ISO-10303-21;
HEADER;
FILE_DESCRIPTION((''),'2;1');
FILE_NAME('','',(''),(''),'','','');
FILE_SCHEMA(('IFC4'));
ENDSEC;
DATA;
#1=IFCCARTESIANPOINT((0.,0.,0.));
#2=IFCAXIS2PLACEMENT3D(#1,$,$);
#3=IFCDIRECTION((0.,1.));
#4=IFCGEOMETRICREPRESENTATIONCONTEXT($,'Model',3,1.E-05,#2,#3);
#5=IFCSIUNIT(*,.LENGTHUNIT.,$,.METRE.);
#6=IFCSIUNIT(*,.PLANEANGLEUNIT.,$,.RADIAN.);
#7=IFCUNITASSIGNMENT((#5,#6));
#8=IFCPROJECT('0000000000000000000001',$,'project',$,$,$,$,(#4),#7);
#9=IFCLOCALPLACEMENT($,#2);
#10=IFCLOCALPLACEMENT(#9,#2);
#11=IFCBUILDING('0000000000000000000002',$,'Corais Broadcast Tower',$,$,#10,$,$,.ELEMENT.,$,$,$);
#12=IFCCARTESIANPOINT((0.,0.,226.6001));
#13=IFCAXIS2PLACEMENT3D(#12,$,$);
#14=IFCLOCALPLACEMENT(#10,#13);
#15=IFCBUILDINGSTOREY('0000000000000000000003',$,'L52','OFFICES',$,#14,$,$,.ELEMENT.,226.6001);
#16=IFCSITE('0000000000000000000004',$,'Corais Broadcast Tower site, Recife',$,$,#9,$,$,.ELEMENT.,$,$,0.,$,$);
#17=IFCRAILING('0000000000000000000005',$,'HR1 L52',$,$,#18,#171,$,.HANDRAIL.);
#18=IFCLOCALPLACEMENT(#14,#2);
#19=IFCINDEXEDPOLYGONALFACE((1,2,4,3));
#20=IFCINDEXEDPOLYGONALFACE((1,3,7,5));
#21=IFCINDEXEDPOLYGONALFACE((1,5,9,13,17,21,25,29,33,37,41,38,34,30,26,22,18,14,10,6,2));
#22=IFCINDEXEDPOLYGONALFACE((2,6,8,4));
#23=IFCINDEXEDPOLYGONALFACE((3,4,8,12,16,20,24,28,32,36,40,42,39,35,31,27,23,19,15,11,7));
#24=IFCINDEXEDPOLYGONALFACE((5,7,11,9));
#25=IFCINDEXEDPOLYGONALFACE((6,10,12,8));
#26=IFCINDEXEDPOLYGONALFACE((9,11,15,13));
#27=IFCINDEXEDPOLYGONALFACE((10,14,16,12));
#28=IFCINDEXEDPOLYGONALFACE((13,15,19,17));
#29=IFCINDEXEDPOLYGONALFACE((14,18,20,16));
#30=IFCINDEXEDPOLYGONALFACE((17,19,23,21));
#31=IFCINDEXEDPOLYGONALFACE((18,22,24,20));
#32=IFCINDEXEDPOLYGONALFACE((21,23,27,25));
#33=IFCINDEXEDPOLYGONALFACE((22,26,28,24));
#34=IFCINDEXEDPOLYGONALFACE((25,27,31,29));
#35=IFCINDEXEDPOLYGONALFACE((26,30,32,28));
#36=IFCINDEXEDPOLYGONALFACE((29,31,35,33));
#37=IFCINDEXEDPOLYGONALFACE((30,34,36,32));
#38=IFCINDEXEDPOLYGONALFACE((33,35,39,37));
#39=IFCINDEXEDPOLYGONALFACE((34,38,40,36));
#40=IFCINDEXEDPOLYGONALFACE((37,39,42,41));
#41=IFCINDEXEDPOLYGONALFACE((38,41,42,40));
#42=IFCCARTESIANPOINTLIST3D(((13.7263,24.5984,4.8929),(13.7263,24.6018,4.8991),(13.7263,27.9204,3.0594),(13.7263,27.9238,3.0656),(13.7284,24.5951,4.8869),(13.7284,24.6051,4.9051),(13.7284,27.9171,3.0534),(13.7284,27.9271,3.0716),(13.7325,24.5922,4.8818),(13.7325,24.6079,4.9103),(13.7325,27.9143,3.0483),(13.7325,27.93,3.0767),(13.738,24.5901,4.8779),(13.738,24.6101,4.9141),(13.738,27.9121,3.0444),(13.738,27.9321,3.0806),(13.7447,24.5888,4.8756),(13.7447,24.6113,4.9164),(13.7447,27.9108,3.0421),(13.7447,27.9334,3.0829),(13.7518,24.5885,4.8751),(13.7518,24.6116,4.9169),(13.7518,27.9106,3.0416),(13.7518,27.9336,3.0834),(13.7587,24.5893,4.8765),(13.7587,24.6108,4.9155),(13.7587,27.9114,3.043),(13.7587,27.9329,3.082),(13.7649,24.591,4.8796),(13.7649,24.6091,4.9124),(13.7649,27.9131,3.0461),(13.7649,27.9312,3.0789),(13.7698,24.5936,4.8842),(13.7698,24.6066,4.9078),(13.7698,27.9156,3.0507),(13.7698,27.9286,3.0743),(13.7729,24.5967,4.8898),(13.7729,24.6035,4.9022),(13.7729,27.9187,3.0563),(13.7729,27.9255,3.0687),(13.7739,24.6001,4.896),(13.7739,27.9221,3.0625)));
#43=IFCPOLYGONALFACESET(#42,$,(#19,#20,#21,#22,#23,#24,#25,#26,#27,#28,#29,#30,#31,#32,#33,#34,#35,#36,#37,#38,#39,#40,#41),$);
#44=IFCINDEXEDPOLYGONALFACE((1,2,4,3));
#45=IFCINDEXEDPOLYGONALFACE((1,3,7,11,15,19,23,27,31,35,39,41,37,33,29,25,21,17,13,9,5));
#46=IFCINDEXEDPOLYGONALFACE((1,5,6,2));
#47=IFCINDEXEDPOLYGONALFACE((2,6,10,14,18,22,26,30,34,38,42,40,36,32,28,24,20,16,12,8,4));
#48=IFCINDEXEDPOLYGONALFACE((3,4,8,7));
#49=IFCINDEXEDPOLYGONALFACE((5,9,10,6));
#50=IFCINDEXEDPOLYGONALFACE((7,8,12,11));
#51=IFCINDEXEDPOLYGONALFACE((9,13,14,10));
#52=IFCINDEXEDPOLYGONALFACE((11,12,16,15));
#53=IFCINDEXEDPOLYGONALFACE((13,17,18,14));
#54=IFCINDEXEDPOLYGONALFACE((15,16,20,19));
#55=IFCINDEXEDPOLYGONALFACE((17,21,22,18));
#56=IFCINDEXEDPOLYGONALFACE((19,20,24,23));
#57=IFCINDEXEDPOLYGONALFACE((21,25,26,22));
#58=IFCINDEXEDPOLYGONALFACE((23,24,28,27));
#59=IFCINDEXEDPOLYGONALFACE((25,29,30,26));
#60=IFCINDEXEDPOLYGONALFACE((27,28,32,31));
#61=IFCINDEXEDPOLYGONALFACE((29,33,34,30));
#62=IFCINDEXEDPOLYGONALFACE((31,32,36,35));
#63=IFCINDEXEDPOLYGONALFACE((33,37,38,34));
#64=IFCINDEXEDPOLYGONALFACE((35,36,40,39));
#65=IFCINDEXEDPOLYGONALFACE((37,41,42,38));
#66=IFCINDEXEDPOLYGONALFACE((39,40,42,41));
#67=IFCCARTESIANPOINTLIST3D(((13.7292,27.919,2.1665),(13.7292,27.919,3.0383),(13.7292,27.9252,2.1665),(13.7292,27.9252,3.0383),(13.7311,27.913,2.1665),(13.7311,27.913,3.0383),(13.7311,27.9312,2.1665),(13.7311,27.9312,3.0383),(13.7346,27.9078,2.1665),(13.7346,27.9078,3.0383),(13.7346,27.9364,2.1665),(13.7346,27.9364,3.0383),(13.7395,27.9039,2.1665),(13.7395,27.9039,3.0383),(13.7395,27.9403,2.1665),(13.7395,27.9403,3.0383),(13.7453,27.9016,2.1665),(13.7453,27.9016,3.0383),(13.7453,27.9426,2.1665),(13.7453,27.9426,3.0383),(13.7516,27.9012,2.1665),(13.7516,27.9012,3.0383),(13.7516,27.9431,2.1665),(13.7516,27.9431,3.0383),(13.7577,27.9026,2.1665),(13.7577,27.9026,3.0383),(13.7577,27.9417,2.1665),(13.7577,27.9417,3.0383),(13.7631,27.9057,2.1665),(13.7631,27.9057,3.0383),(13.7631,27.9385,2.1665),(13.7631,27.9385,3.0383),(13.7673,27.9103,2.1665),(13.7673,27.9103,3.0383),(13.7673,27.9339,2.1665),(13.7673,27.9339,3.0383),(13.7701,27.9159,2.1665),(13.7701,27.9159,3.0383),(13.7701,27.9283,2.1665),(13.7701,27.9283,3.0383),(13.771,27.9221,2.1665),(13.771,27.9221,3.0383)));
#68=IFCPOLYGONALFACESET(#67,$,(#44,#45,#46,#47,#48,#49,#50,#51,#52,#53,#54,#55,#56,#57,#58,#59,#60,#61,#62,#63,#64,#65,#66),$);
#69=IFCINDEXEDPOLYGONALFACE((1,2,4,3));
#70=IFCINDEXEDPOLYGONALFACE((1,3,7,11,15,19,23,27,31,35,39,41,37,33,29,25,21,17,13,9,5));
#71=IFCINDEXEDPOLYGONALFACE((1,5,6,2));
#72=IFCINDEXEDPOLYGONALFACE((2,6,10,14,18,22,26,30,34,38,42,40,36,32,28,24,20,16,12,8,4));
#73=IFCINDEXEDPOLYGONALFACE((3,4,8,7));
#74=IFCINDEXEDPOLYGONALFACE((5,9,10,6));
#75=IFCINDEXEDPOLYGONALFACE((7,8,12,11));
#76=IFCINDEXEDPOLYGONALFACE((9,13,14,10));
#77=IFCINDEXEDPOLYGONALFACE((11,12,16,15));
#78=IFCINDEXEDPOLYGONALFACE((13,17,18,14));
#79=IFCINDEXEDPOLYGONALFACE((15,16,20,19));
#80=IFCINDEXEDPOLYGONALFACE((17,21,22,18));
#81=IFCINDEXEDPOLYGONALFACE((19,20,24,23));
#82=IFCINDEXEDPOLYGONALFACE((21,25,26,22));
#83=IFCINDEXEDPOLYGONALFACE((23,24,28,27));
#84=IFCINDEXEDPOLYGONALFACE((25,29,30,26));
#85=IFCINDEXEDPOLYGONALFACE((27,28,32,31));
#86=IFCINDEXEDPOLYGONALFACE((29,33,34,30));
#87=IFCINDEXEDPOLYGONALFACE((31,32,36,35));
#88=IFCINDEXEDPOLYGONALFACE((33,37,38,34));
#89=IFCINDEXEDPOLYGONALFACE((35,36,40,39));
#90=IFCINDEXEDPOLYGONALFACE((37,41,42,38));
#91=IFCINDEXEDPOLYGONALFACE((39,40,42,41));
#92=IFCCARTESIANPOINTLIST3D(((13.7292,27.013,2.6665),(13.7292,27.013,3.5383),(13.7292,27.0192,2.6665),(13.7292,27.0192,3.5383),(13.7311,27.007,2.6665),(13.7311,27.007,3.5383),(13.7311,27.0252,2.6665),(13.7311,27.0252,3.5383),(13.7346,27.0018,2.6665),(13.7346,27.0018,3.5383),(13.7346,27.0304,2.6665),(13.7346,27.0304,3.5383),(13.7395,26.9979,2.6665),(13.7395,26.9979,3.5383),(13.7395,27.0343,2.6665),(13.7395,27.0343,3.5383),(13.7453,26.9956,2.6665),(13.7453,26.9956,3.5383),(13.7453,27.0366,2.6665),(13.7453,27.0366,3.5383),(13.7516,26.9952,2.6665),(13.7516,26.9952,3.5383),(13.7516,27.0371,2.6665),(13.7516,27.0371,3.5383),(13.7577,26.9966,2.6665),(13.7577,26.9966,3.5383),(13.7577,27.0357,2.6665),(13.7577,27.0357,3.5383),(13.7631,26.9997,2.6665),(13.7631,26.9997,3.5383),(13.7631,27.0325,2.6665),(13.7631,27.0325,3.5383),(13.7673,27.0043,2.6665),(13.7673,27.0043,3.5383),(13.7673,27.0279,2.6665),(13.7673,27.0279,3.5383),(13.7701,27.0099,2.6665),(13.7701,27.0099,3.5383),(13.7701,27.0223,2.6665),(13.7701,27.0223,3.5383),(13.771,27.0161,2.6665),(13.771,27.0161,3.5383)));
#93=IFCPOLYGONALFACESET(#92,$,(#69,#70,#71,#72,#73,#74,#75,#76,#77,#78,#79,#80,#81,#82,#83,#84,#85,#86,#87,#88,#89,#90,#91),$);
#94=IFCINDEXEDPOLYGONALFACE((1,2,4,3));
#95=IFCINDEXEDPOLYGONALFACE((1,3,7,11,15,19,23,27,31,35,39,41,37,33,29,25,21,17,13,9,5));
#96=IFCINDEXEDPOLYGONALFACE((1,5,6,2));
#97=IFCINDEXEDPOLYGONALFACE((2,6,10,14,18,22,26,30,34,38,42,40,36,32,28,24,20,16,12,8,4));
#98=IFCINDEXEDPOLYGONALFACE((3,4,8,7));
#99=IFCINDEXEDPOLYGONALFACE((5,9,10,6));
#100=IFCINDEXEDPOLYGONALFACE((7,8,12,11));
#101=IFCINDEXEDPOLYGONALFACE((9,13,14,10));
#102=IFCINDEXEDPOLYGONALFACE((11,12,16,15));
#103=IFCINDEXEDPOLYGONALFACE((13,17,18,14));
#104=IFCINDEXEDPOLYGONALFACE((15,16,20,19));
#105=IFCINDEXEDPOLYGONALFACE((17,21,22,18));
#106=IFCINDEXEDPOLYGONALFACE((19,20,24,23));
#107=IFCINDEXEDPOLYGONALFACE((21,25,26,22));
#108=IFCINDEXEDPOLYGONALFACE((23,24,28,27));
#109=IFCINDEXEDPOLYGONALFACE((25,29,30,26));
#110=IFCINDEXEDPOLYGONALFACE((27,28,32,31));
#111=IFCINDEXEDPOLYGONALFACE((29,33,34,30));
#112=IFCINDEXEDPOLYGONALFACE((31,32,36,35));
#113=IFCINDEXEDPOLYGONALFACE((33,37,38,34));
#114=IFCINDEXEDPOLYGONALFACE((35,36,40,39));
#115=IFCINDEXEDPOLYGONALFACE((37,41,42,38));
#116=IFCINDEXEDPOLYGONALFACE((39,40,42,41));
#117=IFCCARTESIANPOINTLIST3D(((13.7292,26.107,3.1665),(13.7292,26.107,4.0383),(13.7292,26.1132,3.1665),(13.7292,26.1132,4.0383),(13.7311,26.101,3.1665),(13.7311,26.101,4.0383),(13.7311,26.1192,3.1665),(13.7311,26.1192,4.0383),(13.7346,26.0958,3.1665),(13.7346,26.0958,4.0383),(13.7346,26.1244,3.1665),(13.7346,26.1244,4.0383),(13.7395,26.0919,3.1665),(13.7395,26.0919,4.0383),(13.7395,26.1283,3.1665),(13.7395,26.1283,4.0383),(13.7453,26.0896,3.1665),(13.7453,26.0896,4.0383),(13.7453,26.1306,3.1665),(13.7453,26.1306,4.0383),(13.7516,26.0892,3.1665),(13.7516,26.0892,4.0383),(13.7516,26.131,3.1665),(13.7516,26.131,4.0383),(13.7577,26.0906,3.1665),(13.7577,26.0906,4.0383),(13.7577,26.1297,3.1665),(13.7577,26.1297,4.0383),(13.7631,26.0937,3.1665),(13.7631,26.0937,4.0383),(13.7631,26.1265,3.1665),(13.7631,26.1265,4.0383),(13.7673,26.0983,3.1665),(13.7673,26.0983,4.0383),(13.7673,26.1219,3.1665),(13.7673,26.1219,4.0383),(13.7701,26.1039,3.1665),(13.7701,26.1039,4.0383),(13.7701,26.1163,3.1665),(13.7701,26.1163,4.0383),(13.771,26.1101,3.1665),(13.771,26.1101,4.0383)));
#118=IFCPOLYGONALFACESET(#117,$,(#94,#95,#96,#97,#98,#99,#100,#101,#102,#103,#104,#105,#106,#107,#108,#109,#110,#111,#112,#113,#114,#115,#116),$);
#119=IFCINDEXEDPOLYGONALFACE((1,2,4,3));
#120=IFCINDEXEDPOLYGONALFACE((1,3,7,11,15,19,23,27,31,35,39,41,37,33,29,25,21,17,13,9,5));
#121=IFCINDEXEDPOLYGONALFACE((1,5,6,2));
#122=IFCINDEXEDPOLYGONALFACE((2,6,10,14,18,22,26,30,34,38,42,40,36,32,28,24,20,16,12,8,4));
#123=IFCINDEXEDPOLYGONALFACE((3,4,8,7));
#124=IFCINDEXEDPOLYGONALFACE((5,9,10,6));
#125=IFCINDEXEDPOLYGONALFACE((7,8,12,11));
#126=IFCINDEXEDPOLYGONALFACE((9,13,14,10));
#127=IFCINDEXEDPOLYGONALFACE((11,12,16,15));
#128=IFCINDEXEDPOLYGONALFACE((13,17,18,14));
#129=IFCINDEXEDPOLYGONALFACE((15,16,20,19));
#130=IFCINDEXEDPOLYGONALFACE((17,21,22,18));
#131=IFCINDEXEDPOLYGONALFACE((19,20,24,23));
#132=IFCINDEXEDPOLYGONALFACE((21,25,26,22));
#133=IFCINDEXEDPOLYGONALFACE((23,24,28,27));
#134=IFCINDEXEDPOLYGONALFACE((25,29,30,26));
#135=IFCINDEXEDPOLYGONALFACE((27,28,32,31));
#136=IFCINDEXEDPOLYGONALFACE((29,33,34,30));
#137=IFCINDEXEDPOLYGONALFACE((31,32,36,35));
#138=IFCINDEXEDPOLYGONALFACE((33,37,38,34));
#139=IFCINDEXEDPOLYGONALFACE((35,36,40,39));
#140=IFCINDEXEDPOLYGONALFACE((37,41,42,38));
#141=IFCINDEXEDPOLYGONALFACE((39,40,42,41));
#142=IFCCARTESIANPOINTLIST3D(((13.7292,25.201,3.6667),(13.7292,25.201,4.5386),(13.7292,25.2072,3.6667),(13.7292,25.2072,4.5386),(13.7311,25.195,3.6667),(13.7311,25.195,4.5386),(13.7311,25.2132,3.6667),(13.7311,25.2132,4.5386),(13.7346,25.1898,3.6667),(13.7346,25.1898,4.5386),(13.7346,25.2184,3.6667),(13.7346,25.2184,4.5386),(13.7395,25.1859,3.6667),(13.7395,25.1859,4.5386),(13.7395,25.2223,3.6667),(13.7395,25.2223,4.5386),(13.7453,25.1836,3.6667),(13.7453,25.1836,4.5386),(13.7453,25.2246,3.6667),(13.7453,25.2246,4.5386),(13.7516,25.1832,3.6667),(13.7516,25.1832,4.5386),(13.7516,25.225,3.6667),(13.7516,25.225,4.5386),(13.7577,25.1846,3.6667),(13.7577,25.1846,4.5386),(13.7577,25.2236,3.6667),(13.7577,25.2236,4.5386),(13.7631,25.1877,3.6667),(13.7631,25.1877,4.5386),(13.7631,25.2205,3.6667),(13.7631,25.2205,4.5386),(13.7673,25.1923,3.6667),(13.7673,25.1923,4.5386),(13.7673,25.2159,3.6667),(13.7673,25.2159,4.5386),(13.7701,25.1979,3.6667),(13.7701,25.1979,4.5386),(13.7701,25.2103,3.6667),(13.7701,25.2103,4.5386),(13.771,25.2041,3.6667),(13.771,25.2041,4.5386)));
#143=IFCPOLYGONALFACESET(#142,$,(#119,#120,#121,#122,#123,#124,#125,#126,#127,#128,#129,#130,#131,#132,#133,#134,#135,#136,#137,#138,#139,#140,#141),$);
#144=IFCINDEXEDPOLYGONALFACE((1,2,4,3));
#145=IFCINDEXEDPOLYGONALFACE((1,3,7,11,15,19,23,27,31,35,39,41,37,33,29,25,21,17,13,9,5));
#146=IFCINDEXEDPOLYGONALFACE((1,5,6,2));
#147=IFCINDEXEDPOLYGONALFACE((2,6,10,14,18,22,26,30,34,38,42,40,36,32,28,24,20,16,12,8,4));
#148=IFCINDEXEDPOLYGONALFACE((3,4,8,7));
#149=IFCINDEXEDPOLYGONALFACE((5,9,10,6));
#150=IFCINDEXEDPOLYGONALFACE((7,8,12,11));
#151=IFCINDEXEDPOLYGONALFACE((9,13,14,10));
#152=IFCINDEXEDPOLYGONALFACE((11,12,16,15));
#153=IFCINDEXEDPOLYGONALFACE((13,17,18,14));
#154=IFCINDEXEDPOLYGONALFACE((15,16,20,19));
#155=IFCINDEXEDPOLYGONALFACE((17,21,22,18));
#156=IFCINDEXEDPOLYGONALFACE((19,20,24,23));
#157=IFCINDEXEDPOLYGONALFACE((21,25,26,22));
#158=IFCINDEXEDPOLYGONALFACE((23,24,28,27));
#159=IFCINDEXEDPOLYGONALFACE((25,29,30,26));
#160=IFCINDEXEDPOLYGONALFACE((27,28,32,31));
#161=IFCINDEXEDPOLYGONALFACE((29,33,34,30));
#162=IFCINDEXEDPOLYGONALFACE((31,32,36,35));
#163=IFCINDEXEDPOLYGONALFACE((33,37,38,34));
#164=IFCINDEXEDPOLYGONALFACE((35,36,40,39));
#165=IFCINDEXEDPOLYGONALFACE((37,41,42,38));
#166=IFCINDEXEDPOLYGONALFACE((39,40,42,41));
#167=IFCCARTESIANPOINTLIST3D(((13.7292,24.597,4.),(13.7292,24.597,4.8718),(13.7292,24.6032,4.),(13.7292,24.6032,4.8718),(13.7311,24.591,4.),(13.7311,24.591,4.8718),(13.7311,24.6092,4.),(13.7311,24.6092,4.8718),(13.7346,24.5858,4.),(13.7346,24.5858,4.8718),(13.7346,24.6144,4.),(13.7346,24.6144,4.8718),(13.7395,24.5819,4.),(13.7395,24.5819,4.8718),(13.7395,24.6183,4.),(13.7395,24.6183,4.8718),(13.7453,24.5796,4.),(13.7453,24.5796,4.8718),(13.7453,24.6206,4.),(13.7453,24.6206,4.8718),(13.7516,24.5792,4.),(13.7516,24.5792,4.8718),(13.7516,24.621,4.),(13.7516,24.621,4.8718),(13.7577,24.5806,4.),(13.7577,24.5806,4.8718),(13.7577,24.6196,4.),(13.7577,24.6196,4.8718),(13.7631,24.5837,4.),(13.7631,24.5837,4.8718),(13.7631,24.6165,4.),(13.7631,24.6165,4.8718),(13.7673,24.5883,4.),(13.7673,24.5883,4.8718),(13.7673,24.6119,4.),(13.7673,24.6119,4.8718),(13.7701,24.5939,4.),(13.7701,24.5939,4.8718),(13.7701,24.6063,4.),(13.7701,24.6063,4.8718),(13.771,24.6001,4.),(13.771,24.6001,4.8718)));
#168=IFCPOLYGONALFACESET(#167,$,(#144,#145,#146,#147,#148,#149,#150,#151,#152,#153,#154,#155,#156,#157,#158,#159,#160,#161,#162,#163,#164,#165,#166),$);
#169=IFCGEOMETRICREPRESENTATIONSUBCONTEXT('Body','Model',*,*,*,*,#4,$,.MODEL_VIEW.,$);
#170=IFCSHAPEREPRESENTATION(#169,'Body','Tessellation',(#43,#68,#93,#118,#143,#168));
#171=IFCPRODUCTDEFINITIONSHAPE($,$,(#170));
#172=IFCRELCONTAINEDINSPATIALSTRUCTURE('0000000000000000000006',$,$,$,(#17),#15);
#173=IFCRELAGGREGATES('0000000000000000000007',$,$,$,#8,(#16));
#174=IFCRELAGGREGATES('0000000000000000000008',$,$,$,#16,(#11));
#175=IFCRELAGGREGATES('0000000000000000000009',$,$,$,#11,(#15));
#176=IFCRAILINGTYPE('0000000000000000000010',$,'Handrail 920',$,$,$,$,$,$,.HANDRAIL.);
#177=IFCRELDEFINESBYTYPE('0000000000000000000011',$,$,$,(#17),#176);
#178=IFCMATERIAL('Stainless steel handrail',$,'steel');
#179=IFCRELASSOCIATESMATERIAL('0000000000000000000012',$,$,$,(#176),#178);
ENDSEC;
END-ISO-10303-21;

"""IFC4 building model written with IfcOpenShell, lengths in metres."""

from ifc_helpers import new_model, si_unit, direction, frame, origin, origin_2d, place, context, subcontext, project, spatial, circle, extrude, material, type_object, element, save


model = new_model("IFC4")

# Units and contexts
model_context = context("Model", 3, precision=1e-05, world=origin(), true_north=direction((0.0, 1.0)))
body_context = subcontext(model_context, "Body", "Model", "MODEL_VIEW")
ifc_project = project(units=[si_unit("LENGTHUNIT", "METRE"), si_unit("PLANEANGLEUNIT", "RADIAN")], contexts=[model_context])

# Site, building, storey
site_placement = place(None, origin())
site = spatial("IfcSite", under=ifc_project, at=site_placement, Name="Corais Broadcast Tower site, Recife", CompositionType="ELEMENT", RefElevation=0.0)
building_placement = place(site_placement, origin())
building = spatial("IfcBuilding", under=site, at=building_placement, Name="Corais Broadcast Tower", CompositionType="ELEMENT")
storey_placement = place(building_placement, frame((0.0, 0.0, 226.6001)))
storey = spatial("IfcBuildingStorey", under=building, at=storey_placement, Name="L52", Description="OFFICES", CompositionType="ELEMENT", Elevation=226.6001)

# Railing
ifc_material_1 = material(Name="Stainless steel handrail", Category="steel")
railing_type = type_object("IfcRailingType", Name="Handrail 920", PredefinedType="HANDRAIL", material=ifc_material_1)
railing_placement = place(storey_placement, frame((13.75, 27.9221, 2.1665)))
element("IfcRailing", 1, at=railing_placement, inside=storey, type_object=railing_type, Name="HR1 L52", PredefinedType="HANDRAIL", context=body_context, shape_type="SweptSolid", body=[
    extrude(circle(Radius=0.0239, at=origin_2d()), frame((0.0, 0.0, 0.896), z_axis=(0.0, -0.875504, 0.48321), x_axis=(1.0, 0.0, 0.0)), (0.0, 0.0, 1.0), 3.7944),
    extrude(circle(Radius=0.021, at=origin_2d()), origin(), (0.0, 0.0, 1.0), 0.8718),
    extrude(circle(Radius=0.021, at=origin_2d()), frame((0.0, -0.906, 0.5)), (0.0, 0.0, 1.0), 0.8718),
    extrude(circle(Radius=0.021, at=origin_2d()), frame((0.0, -1.812, 1.0)), (0.0, 0.0, 1.0), 0.8718),
    extrude(circle(Radius=0.021, at=origin_2d()), frame((0.0, -2.718, 1.5002)), (0.0, 0.0, 1.0), 0.8718),
    extrude(circle(Radius=0.021, at=origin_2d()), frame((0.0, -3.322, 1.8335)), (0.0, 0.0, 1.0), 0.8718),
])

save(model, "model.ifc")
